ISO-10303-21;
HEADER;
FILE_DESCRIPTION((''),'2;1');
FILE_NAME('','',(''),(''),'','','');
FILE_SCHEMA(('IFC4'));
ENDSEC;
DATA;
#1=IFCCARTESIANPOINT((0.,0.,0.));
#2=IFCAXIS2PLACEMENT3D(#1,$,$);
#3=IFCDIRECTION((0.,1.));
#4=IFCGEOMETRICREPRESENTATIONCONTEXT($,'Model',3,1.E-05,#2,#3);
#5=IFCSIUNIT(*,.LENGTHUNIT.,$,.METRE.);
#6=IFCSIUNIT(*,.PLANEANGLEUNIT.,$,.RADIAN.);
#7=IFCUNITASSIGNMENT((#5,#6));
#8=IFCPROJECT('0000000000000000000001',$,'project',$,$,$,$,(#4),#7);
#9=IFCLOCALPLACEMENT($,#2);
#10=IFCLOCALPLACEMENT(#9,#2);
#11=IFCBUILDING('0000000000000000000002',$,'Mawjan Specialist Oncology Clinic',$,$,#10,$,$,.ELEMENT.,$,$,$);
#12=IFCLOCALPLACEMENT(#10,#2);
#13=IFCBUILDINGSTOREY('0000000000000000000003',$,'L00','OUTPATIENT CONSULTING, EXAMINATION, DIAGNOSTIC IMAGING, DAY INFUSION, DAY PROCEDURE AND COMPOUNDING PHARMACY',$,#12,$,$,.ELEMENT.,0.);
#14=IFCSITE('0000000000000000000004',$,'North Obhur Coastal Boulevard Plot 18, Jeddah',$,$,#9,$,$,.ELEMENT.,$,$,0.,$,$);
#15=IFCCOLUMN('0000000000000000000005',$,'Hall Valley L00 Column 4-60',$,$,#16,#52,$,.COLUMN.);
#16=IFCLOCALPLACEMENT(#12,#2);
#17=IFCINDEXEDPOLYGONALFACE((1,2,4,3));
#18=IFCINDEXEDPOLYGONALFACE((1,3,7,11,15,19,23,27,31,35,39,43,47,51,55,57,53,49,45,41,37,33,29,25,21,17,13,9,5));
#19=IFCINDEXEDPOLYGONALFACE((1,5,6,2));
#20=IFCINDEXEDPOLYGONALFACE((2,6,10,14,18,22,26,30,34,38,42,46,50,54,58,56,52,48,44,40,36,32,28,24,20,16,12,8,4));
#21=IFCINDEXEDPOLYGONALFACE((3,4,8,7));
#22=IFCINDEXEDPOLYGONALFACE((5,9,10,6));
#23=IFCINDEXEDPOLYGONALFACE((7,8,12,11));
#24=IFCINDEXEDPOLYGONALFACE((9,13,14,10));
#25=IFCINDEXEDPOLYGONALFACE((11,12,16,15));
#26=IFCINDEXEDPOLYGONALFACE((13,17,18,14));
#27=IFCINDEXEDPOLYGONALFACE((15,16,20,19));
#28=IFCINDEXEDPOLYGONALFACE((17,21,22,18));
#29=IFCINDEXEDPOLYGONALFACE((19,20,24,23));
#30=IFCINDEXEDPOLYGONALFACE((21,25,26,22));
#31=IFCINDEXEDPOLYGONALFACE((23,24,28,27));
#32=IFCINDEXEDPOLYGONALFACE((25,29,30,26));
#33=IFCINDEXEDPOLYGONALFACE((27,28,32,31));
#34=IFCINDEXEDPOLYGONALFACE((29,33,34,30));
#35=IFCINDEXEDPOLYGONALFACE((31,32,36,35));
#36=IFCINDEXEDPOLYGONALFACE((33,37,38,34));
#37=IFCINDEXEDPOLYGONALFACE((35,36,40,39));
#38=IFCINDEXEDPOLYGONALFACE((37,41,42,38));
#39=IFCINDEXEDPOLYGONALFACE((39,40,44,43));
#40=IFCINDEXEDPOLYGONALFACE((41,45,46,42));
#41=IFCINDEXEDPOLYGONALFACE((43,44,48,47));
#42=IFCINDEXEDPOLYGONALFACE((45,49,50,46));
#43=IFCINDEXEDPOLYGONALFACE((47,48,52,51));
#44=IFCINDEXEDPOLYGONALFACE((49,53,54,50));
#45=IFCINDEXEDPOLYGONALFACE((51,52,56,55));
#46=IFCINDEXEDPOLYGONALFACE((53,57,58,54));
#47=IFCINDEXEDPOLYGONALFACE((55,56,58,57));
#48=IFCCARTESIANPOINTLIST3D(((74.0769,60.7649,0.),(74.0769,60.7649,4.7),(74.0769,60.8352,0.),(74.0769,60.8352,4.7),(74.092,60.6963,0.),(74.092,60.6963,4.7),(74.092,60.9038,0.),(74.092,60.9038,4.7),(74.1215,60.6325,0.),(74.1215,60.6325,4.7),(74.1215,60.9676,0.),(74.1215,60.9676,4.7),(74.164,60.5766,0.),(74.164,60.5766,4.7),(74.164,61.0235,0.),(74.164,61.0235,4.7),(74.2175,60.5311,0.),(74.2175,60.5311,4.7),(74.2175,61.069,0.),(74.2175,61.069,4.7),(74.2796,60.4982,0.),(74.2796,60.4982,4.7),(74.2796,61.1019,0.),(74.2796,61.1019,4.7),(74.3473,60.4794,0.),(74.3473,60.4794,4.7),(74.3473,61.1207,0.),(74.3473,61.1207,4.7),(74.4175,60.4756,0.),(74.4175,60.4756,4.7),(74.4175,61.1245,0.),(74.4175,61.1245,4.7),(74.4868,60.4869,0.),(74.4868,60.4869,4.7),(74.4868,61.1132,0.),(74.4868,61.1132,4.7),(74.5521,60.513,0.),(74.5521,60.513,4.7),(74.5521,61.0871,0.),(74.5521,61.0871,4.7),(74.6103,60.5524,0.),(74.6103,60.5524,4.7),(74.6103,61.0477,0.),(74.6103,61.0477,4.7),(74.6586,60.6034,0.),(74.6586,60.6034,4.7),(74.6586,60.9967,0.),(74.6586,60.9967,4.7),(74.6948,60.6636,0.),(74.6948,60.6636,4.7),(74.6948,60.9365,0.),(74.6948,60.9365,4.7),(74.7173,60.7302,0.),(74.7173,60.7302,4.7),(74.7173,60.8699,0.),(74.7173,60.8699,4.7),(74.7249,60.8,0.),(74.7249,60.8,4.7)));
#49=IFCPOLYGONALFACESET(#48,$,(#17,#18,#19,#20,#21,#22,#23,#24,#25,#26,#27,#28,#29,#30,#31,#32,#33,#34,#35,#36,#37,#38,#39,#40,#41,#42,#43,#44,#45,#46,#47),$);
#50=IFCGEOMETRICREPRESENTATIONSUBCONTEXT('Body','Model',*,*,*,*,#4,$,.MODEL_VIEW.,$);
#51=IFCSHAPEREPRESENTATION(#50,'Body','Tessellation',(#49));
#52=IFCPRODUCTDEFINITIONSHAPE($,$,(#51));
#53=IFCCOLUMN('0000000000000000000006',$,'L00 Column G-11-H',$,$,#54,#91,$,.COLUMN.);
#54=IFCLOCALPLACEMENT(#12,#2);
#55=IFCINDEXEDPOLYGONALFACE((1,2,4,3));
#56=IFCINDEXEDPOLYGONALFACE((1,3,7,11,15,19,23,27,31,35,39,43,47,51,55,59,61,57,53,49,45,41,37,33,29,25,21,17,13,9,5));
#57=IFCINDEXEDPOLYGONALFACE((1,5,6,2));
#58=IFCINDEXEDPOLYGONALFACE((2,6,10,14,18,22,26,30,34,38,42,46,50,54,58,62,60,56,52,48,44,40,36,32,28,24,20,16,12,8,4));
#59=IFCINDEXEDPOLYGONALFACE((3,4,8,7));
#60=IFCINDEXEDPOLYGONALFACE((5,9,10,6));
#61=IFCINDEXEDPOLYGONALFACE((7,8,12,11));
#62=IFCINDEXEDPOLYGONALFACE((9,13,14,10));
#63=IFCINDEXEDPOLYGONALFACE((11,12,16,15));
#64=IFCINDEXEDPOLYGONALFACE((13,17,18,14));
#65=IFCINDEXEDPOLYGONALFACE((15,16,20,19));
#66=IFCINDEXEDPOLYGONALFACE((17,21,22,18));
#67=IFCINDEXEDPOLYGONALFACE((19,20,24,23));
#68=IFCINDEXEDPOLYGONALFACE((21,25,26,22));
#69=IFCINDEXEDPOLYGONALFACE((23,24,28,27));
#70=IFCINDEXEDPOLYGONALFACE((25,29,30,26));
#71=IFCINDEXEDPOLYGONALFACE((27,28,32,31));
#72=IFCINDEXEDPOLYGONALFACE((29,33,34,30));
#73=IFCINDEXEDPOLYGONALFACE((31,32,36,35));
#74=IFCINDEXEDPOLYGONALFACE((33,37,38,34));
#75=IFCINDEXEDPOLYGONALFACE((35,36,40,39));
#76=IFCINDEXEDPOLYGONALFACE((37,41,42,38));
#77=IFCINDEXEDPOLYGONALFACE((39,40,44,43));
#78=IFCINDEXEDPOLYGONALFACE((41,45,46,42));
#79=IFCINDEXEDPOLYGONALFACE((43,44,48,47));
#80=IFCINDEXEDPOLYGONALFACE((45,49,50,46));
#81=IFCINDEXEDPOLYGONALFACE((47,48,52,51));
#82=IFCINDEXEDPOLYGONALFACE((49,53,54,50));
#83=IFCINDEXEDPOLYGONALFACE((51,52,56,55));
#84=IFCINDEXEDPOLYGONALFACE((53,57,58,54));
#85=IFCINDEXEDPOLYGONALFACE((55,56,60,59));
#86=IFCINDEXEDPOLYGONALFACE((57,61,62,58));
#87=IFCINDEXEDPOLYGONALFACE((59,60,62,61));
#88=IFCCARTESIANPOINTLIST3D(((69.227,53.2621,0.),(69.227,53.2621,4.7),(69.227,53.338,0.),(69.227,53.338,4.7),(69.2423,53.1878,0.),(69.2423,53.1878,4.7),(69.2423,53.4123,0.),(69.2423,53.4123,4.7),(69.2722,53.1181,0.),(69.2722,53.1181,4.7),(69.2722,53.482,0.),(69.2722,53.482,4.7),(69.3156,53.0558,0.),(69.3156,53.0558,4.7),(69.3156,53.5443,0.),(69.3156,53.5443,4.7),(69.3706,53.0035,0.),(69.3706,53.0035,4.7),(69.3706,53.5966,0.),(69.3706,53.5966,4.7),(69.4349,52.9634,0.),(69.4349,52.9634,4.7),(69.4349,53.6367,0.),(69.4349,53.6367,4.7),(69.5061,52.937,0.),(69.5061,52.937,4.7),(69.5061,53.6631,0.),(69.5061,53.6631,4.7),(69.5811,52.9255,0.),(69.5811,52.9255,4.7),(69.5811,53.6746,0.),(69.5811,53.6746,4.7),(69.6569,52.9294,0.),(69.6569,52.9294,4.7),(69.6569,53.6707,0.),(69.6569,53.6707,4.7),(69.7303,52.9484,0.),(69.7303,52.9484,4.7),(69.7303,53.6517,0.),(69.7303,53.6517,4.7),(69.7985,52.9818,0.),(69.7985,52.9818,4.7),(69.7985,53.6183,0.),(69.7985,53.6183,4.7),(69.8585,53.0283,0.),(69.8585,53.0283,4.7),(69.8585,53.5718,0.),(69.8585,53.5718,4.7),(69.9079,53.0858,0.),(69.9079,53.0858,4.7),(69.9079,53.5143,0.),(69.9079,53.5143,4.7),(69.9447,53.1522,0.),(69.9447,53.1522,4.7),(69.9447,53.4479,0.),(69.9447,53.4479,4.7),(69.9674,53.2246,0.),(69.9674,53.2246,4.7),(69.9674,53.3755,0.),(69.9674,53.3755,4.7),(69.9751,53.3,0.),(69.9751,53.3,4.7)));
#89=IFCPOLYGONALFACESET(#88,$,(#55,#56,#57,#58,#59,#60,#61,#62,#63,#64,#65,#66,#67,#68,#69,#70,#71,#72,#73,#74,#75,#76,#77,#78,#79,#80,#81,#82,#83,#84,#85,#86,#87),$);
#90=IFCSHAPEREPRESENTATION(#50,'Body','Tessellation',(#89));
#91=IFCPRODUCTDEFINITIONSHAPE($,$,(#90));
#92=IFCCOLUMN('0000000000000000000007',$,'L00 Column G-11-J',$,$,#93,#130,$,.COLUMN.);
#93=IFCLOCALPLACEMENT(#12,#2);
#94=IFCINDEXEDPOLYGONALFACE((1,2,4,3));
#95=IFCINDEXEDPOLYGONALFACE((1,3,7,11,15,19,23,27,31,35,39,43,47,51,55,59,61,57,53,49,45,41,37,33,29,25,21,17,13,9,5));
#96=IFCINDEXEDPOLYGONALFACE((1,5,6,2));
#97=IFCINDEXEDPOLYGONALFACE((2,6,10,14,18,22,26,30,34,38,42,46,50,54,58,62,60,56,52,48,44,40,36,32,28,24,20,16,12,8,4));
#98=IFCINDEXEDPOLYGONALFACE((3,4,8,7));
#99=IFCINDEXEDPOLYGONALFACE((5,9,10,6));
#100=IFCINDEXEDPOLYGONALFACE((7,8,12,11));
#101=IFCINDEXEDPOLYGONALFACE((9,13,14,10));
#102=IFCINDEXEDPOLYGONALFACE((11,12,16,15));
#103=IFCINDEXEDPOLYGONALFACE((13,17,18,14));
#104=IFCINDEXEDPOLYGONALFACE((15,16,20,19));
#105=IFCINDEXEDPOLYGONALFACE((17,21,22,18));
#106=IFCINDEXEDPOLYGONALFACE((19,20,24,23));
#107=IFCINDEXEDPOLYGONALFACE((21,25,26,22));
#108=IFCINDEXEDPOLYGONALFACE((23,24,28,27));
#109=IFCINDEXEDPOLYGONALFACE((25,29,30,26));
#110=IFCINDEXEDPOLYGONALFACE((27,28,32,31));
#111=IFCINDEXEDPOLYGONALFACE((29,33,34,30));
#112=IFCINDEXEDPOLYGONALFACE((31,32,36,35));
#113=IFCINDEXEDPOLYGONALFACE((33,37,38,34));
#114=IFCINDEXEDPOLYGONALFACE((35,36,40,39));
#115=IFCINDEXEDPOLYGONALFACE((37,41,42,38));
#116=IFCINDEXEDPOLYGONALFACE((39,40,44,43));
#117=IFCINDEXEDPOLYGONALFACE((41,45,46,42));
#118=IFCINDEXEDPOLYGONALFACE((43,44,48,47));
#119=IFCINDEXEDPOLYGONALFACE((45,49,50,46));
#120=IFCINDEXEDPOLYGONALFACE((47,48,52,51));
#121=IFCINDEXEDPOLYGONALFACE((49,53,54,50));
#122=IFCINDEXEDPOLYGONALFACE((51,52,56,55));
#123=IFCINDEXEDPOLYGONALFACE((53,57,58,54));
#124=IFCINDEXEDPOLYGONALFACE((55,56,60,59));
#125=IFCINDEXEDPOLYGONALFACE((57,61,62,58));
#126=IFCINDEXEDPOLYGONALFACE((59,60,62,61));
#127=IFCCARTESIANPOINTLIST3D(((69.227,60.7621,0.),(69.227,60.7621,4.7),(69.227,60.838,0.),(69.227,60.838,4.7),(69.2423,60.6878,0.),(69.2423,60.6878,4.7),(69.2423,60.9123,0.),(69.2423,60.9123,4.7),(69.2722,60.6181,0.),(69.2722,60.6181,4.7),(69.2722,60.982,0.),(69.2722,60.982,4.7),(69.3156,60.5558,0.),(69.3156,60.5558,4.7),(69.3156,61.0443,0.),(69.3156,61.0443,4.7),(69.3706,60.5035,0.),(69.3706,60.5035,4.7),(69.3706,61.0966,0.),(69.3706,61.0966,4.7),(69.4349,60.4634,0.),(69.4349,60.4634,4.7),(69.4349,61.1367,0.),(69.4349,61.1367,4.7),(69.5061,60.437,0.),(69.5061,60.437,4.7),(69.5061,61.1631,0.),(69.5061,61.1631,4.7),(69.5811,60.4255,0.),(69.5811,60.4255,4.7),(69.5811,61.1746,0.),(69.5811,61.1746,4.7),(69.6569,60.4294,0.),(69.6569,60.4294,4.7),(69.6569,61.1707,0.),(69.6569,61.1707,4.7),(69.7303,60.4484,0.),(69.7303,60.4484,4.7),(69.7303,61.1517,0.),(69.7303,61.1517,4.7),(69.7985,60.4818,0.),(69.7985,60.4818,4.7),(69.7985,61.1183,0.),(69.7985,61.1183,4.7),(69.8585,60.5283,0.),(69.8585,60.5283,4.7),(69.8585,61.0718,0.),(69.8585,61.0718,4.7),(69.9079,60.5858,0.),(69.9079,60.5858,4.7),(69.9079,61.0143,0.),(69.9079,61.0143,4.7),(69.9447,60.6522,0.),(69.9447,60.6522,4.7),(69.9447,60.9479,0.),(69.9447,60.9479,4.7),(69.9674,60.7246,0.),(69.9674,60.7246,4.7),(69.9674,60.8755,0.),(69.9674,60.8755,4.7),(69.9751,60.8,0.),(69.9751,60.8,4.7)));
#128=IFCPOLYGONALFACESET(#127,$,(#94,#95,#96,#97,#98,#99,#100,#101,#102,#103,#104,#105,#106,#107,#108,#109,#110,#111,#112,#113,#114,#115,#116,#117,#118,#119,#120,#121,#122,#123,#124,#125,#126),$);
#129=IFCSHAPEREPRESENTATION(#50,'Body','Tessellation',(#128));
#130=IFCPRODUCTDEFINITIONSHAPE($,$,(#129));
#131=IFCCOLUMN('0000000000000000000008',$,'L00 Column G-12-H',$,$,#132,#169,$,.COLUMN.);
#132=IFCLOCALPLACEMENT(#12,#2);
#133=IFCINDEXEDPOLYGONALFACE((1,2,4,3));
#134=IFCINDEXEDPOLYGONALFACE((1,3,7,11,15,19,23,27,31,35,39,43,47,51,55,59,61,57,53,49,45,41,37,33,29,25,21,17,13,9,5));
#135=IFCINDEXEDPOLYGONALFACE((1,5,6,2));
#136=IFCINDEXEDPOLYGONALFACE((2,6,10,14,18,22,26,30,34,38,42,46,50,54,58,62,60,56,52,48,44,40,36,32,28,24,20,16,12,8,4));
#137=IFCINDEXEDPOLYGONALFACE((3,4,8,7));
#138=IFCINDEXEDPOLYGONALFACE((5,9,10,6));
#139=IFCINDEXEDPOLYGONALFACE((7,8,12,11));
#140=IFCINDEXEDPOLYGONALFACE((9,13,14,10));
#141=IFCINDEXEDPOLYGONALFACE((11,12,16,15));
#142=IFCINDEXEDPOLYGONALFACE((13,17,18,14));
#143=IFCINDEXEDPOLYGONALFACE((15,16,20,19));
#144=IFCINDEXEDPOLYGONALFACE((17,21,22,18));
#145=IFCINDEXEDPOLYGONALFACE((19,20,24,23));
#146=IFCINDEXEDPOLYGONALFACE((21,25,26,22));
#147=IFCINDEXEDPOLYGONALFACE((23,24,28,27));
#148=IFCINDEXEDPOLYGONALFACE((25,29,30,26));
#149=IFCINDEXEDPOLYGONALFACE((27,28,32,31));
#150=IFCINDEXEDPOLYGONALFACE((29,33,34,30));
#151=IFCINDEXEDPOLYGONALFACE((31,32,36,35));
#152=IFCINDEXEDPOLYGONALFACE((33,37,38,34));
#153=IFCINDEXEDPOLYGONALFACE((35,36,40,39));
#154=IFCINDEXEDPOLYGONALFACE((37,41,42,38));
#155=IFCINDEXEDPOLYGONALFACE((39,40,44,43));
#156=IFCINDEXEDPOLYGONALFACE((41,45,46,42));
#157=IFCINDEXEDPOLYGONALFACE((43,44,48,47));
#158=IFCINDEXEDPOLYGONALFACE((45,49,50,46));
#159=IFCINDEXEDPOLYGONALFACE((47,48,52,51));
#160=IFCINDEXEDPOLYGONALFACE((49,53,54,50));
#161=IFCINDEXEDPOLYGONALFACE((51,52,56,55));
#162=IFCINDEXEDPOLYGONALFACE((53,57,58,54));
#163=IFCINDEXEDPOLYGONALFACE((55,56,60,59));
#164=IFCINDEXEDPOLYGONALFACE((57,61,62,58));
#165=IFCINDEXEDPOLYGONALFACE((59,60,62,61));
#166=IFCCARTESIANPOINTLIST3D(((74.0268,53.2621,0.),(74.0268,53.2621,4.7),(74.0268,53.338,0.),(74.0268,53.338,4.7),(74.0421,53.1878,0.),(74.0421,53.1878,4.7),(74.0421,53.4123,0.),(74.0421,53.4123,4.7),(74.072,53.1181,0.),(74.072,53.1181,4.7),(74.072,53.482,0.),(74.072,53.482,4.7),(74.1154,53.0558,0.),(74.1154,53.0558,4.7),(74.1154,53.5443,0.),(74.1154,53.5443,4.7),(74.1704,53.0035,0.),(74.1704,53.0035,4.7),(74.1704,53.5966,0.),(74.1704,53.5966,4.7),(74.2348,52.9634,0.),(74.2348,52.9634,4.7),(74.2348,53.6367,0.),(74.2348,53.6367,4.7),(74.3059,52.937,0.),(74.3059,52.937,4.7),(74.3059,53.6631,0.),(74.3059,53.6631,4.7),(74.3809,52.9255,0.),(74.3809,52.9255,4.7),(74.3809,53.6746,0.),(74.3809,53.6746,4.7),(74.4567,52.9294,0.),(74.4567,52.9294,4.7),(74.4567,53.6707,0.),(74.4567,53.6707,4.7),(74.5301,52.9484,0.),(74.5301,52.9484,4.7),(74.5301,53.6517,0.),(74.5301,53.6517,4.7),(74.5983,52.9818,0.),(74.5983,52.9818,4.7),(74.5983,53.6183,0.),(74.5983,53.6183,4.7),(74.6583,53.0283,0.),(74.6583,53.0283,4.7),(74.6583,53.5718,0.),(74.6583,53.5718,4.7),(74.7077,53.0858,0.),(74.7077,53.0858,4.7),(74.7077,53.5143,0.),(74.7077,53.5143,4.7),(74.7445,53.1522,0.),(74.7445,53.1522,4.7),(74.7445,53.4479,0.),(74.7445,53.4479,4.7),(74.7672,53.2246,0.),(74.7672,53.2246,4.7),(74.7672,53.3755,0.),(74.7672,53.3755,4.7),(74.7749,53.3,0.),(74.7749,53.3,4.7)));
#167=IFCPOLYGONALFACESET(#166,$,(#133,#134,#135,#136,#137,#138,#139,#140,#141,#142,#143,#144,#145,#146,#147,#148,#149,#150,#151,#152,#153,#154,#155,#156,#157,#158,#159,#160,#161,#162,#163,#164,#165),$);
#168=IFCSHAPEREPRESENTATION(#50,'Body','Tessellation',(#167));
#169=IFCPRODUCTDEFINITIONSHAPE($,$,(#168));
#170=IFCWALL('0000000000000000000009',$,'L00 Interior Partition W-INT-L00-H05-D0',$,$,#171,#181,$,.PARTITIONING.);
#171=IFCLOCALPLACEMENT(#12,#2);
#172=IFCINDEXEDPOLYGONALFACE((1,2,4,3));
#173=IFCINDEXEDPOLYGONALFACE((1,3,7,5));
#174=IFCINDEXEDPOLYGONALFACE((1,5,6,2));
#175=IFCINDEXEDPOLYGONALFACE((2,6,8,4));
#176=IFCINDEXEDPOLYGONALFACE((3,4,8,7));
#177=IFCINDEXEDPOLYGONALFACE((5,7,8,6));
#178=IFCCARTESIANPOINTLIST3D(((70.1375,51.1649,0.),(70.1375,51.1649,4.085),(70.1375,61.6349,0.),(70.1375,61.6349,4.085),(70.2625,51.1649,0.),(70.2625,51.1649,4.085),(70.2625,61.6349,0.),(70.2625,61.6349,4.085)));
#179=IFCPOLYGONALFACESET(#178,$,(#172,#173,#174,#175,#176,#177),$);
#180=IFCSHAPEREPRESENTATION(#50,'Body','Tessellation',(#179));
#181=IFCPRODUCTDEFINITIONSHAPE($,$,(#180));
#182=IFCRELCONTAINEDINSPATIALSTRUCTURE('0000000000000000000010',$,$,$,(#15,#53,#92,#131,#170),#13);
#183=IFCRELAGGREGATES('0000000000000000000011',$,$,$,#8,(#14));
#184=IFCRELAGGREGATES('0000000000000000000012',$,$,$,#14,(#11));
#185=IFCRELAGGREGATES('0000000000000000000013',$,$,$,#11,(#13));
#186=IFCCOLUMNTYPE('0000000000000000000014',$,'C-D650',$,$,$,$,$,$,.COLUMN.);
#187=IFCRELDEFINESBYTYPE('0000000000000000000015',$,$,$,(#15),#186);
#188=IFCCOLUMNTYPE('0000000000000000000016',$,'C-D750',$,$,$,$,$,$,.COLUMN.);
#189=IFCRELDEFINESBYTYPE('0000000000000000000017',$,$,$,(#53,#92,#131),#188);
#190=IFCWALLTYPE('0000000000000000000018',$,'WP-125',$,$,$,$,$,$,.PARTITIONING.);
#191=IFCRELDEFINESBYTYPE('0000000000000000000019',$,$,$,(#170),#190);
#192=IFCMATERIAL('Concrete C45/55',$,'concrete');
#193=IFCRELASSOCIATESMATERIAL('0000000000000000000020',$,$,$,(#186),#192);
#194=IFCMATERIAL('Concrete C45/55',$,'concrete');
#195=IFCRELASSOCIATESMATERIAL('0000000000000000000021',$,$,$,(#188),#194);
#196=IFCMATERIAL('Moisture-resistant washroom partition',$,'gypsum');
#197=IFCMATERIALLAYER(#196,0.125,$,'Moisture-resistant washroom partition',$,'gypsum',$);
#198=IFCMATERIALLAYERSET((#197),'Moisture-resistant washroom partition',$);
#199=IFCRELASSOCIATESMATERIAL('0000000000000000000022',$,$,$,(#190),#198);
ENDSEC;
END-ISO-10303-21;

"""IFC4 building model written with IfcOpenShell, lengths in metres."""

from ifc_helpers import new_model, si_unit, direction, frame, frame_2d, origin, origin_2d, place, context, subcontext, project, spatial, rectangle, circle, extrude, material, layer, layer_set, material_profile, profile_set, type_object, element, save


model = new_model("IFC4")

# Units and contexts
model_context = context("Model", 3, precision=1e-05, world=origin(), true_north=direction((0.0, 1.0)))
body_context = subcontext(model_context, "Body", "Model", "MODEL_VIEW")
ifc_project = project(units=[si_unit("LENGTHUNIT", "METRE"), si_unit("PLANEANGLEUNIT", "RADIAN")], contexts=[model_context])

# Site, building, storey
site_placement = place(None, origin())
site = spatial("IfcSite", under=ifc_project, at=site_placement, Name="North Obhur Coastal Boulevard Plot 18, Jeddah", CompositionType="ELEMENT", RefElevation=0.0)
building_placement = place(site_placement, origin())
building = spatial("IfcBuilding", under=site, at=building_placement, Name="Mawjan Specialist Oncology Clinic", CompositionType="ELEMENT")
storey_placement = place(building_placement, origin())
storey = spatial("IfcBuildingStorey", under=building, at=storey_placement, Name="L00", Description="OUTPATIENT CONSULTING, EXAMINATION, DIAGNOSTIC IMAGING, DAY INFUSION, DAY PROCEDURE AND COMPOUNDING PHARMACY", CompositionType="ELEMENT", Elevation=0.0)

# Columns
ifc_material_1 = material(Name="Concrete C45/55", Category="concrete")
ifc_material_profile_1 = material_profile(ifc_material_1, circle(Radius=0.325, at=origin_2d()), Name="RC COL D650", Category="concrete")
ifc_profile_set_1 = profile_set([ifc_material_profile_1], Name="Concrete C45/55")
column_type_1 = type_object("IfcColumnType", Name="C-D650", PredefinedType="COLUMN", material=ifc_profile_set_1)
column_placement = place(storey_placement, frame((74.3999, 60.8, 0.0), z_axis=(0.0, 0.0, 1.0), x_axis=(1.0, 0.0, 0.0)))
element("IfcColumn", 1, at=column_placement, inside=storey, type_object=column_type_1, Name="Hall Valley L00 Column 4-60", PredefinedType="COLUMN", context=body_context, shape_type="SweptSolid", body=[
    extrude(circle(Radius=0.325, at=origin_2d()), origin(), (0.0, 0.0, 1.0), 4.7),
])
ifc_material_2 = material(Name="Concrete C45/55", Category="concrete")
ifc_material_profile_2 = material_profile(ifc_material_2, circle(Radius=0.375, at=origin_2d()), Name="RC COL D750", Category="concrete")
ifc_profile_set_2 = profile_set([ifc_material_profile_2], Name="Concrete C45/55")
column_type_2 = type_object("IfcColumnType", Name="C-D750", PredefinedType="COLUMN", material=ifc_profile_set_2)
for number, where, z_axis, x_axis, name in (
    (2, (69.6001, 53.3, 0.0), (0.0, 0.0, 1.0), (1.0, 0.0, 0.0), "L00 Column G-11-H"),
    (3, (69.6001, 60.8, 0.0), (0.0, 0.0, 1.0), (1.0, 0.0, 0.0), "L00 Column G-11-J"),
    (4, (74.3999, 53.3, 0.0), (0.0, 0.0, 1.0), (1.0, 0.0, 0.0), "L00 Column G-12-H"),
):
    element("IfcColumn", number, at=place(storey_placement, frame(where, z_axis=z_axis, x_axis=x_axis)), inside=storey, type_object=column_type_2, Name=name, PredefinedType="COLUMN", context=body_context, shape_type="SweptSolid", body=[
        extrude(circle(Radius=0.375, at=origin_2d()), origin(), (0.0, 0.0, 1.0), 4.7),
    ])

# Wall
ifc_material_3 = material(Name="Moisture-resistant washroom partition", Category="gypsum")
ifc_layer_1 = layer(ifc_material_3, 0.125, Name="Moisture-resistant washroom partition", Category="gypsum")
ifc_layer_set_1 = layer_set([ifc_layer_1], Name="Moisture-resistant washroom partition")
wall_type_1 = type_object("IfcWallType", Name="WP-125", PredefinedType="PARTITIONING", material=ifc_layer_set_1)
wall_1_placement = place(storey_placement, frame((70.2, 51.165, 0.0), z_axis=(0.0, 0.0, 1.0), x_axis=(0.0, 1.0, 0.0)))
element("IfcWall", 5, at=wall_1_placement, inside=storey, type_object=wall_type_1, Name="L00 Interior Partition W-INT-L00-H05-D0", PredefinedType="PARTITIONING", context=body_context, shape_type="SweptSolid", body=[
    extrude(rectangle(XDim=10.47, YDim=0.125, at=frame_2d((5.2349, 0.0))), origin(), (0.0, 0.0, 1.0), 4.085),
])

save(model, "model.ifc")
